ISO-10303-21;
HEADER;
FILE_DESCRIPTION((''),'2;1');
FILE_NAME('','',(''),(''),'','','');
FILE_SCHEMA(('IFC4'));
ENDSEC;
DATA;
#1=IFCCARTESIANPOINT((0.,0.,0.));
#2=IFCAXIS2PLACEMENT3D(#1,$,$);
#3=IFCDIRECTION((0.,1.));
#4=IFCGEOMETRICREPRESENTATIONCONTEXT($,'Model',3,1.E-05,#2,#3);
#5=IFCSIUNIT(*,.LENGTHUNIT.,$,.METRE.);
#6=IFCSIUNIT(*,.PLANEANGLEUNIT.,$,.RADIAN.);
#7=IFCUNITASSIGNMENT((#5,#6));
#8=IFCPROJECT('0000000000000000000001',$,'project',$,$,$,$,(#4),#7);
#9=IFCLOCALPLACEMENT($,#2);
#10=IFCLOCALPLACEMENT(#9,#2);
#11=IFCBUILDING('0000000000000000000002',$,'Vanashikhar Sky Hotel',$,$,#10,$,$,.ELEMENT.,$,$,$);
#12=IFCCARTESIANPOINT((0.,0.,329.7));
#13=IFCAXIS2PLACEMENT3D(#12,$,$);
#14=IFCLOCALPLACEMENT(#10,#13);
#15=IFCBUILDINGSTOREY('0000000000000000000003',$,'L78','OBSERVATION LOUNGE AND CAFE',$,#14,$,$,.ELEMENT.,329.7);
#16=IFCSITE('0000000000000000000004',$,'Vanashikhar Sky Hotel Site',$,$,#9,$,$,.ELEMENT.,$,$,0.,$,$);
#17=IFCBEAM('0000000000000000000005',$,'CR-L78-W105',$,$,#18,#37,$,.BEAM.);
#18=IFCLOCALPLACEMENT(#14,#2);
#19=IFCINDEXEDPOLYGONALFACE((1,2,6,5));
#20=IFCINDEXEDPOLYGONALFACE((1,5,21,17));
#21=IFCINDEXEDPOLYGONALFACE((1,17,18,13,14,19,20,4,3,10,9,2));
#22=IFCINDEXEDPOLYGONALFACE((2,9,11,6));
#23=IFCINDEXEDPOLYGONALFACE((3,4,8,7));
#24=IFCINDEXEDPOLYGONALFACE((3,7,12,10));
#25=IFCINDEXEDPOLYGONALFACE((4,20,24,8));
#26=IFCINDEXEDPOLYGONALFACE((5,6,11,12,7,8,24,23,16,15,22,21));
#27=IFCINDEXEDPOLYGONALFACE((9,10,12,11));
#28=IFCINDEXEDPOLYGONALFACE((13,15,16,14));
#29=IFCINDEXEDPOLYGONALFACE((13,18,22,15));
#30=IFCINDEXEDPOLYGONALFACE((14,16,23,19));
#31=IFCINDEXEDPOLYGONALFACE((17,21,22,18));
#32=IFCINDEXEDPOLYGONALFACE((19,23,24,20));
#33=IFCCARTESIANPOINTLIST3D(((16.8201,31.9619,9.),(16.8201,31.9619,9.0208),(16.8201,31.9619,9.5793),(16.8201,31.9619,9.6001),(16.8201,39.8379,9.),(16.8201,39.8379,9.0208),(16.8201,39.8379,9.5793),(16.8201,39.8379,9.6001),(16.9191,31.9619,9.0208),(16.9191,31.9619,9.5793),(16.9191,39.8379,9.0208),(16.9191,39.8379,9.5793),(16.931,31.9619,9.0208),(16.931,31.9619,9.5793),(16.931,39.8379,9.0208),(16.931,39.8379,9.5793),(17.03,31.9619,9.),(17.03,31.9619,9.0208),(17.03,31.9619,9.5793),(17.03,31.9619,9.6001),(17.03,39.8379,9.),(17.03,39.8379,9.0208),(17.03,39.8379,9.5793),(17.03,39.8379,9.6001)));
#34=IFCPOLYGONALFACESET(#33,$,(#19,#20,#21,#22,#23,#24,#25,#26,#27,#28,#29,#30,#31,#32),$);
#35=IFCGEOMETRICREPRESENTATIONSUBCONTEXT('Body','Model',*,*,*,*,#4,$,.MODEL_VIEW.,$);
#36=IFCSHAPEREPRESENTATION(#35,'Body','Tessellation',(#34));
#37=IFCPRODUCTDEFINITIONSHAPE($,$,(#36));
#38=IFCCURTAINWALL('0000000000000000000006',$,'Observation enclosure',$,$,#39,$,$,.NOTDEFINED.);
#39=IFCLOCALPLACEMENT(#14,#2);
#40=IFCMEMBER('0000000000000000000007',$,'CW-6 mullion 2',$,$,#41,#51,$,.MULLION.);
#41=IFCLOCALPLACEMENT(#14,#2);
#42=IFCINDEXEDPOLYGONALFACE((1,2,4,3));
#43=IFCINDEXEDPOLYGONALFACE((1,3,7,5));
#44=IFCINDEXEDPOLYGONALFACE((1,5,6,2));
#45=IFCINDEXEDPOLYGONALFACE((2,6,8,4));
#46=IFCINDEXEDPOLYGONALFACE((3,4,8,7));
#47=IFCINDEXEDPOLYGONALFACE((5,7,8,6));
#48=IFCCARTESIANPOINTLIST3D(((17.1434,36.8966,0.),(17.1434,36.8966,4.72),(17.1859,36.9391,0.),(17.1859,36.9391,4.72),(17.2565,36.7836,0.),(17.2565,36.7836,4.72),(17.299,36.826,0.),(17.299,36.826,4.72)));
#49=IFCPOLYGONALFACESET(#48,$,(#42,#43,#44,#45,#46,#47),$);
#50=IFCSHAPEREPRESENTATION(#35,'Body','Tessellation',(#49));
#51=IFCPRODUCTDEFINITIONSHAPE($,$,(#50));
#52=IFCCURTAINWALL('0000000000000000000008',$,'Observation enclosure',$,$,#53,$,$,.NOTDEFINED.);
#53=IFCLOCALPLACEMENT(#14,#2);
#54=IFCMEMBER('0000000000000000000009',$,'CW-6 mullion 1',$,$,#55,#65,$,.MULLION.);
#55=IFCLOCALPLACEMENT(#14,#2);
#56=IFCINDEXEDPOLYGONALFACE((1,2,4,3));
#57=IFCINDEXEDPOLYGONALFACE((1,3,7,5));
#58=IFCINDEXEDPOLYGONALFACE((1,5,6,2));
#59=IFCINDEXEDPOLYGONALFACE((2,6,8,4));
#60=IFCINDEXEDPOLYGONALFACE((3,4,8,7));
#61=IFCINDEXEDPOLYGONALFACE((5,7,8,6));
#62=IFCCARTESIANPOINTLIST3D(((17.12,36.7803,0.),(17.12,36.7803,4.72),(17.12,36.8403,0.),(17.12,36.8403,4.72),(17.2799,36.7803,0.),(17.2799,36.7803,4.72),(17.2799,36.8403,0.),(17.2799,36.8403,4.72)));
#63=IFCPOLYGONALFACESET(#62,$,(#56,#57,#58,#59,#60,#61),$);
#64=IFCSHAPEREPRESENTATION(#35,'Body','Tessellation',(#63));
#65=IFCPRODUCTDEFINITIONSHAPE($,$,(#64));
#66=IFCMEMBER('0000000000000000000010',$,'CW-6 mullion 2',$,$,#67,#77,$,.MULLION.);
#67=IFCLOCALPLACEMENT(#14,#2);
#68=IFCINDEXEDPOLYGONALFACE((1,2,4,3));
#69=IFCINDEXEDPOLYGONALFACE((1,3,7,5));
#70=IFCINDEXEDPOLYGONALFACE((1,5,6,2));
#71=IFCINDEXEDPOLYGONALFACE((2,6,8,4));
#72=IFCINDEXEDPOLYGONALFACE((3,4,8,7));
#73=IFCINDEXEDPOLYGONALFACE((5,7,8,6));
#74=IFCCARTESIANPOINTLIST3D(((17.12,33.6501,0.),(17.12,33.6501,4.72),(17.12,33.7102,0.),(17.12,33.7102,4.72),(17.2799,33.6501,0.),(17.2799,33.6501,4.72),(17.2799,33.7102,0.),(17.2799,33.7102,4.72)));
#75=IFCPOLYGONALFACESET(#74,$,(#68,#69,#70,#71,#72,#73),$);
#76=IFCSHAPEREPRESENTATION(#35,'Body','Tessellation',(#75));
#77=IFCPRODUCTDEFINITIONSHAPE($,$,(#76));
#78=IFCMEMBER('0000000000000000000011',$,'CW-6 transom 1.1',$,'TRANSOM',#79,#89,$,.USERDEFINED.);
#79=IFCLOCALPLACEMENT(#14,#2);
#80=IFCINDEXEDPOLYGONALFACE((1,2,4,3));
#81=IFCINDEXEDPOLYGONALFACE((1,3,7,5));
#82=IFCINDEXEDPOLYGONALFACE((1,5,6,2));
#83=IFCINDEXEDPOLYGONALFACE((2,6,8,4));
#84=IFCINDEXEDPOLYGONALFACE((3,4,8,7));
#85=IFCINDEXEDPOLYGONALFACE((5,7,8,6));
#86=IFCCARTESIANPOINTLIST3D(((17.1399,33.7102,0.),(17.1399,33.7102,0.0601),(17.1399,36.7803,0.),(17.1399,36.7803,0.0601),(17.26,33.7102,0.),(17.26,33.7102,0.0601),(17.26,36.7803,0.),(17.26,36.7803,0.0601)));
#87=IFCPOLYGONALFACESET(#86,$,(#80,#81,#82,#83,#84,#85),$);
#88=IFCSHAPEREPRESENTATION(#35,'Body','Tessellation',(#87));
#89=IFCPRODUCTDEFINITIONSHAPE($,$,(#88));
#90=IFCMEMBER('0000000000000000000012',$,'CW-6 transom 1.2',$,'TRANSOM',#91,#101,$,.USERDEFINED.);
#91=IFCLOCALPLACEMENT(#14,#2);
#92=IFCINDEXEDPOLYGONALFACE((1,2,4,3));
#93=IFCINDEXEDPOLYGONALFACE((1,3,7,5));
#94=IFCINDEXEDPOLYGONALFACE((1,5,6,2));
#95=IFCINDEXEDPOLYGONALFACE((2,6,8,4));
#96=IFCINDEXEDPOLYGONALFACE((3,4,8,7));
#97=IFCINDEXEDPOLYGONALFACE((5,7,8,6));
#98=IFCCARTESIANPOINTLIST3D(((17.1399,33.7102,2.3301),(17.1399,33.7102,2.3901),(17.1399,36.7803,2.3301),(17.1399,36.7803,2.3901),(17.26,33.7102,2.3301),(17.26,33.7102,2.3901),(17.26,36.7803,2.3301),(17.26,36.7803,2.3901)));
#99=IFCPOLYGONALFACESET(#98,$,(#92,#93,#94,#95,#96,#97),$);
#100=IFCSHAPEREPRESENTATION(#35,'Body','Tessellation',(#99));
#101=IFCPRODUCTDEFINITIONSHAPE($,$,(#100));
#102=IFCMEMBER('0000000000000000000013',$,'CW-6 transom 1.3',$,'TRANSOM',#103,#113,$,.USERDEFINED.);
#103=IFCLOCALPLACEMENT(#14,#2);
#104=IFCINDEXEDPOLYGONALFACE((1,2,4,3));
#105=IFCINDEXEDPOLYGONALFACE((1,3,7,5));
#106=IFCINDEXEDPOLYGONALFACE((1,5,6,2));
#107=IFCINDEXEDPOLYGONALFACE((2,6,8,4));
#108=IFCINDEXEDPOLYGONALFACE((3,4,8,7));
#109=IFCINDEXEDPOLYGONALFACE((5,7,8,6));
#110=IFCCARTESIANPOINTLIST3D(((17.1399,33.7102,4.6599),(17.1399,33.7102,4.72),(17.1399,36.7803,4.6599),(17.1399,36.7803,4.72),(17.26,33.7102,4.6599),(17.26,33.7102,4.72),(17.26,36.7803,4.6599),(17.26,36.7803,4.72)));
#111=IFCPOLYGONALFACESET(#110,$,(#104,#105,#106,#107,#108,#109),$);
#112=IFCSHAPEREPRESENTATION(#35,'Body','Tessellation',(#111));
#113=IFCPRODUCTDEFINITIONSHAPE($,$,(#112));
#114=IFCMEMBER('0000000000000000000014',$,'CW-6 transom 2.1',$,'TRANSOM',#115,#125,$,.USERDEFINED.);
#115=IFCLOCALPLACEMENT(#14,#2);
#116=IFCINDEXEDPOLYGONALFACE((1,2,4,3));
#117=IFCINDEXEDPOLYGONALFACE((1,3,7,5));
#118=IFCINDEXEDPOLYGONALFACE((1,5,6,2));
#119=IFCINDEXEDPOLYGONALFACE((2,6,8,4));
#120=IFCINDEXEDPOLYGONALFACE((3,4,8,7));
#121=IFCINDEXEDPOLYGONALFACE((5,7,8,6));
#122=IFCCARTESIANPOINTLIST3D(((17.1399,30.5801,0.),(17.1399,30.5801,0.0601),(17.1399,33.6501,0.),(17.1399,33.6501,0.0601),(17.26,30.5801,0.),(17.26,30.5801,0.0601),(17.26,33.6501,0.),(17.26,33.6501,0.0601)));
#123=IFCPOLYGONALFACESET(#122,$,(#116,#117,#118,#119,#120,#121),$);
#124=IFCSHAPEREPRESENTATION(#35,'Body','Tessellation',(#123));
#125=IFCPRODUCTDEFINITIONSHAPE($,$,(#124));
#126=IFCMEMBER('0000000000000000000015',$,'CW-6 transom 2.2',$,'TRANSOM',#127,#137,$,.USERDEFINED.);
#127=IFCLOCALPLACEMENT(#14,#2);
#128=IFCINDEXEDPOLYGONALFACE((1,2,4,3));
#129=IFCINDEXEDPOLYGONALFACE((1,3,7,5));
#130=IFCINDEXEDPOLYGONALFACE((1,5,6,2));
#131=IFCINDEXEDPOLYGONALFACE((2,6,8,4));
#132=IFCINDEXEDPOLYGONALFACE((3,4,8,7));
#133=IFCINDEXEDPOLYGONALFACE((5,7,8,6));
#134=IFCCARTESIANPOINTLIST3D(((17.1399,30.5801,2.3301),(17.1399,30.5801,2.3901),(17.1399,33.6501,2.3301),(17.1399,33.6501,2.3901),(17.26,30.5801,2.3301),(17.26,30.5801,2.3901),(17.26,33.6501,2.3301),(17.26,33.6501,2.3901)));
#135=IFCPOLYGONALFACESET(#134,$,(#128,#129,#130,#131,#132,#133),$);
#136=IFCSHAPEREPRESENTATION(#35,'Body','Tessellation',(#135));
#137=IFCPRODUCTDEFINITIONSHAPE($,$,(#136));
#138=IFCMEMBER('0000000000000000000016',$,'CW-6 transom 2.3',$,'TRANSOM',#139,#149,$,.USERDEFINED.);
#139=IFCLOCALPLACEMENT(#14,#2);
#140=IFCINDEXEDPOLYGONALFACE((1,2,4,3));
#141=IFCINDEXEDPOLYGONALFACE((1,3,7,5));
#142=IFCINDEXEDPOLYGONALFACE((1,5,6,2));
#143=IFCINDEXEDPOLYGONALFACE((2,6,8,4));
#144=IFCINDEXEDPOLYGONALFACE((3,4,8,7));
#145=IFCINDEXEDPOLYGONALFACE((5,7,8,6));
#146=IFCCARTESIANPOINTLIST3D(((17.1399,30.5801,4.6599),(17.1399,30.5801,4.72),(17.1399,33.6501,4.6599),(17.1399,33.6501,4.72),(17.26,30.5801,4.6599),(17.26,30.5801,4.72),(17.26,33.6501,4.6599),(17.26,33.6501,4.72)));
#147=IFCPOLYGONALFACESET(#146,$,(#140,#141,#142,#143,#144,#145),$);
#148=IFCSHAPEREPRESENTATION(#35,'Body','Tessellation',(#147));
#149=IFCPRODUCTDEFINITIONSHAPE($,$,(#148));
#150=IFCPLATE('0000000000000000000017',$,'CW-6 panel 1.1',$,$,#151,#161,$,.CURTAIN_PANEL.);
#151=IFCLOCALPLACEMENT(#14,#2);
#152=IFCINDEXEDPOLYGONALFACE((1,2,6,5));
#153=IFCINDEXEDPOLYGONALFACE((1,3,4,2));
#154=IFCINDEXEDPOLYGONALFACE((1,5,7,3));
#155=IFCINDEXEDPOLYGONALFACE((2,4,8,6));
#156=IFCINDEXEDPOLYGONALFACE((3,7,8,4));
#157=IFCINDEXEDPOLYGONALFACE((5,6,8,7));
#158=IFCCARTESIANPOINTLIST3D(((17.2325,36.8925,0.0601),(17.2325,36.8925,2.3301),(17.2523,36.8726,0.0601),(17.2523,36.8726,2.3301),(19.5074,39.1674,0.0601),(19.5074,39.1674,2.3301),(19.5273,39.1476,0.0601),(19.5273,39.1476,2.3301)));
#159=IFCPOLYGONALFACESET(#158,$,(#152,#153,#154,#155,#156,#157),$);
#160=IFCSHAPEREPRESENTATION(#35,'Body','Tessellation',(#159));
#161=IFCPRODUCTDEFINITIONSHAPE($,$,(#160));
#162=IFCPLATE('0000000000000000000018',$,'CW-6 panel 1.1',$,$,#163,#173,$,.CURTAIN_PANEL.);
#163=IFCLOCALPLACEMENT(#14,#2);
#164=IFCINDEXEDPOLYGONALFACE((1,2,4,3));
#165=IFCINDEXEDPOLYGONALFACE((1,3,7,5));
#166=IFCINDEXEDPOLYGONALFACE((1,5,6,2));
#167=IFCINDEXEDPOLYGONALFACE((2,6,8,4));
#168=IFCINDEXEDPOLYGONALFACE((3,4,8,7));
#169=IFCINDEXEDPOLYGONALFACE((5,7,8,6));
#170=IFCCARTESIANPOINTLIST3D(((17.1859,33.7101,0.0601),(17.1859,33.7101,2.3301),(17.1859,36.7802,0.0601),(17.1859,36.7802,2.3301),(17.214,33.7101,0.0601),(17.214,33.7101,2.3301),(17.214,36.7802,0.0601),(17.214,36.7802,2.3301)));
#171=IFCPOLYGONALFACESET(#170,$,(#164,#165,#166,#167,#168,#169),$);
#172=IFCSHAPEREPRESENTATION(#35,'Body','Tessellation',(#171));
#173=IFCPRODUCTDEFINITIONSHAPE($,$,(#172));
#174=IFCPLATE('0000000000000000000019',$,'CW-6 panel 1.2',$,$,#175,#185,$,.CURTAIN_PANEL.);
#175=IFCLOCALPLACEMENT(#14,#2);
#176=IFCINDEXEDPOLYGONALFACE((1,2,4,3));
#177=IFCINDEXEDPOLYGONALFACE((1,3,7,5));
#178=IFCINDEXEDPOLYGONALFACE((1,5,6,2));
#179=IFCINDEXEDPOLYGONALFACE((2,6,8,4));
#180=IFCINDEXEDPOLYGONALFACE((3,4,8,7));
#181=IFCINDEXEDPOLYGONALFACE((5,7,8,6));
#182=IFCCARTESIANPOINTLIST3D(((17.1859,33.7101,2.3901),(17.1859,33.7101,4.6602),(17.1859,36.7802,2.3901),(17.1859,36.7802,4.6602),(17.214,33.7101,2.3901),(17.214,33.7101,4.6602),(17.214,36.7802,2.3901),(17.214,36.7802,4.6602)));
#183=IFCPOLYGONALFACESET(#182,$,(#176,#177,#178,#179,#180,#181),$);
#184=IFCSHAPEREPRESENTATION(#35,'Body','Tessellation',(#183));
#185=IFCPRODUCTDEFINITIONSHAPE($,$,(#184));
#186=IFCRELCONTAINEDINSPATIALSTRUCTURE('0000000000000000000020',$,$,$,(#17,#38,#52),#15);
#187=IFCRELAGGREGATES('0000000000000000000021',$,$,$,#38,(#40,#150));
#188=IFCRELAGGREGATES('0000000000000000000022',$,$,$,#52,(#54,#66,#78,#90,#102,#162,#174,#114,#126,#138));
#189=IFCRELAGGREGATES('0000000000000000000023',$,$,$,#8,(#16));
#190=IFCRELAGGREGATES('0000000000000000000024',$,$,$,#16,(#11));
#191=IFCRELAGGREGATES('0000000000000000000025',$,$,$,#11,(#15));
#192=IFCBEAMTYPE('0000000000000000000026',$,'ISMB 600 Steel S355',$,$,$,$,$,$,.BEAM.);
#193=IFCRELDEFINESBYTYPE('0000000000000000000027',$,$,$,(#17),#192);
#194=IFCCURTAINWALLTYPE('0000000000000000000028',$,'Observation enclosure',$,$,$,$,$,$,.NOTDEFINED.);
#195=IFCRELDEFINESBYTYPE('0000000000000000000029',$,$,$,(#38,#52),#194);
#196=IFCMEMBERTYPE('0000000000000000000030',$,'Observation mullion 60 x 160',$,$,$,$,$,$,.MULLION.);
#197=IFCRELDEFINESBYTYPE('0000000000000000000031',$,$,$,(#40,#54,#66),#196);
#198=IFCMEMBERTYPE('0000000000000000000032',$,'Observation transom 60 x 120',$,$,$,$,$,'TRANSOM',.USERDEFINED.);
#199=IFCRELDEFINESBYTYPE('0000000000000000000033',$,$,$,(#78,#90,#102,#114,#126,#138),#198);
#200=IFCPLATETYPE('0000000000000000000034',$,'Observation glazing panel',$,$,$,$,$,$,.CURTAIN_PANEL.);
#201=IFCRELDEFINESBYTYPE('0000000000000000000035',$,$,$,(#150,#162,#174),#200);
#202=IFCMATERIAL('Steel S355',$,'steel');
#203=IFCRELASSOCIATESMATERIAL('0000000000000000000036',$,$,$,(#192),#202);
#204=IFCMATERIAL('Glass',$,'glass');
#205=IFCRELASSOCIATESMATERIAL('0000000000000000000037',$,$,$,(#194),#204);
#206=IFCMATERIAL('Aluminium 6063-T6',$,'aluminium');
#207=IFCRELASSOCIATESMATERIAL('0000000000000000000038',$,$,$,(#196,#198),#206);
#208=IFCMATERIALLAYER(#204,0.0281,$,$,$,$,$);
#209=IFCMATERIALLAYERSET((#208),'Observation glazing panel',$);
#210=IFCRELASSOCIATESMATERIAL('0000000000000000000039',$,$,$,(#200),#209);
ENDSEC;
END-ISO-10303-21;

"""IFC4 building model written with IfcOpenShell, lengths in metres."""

from ifc_helpers import new_model, si_unit, direction, frame, origin, origin_2d, place, context, subcontext, project, spatial, rectangle, i_section, extrude, source, transform, mapped, material, layer, layer_set, material_profile, profile_set, type_object, element, aggregate, save


model = new_model("IFC4")

# Units and contexts
model_context = context("Model", 3, precision=1e-05, world=origin(), true_north=direction((0.0, 1.0)))
body_context = subcontext(model_context, "Body", "Model", "MODEL_VIEW")
ifc_project = project(units=[si_unit("LENGTHUNIT", "METRE"), si_unit("PLANEANGLEUNIT", "RADIAN")], contexts=[model_context])

# Site, building, storey
site_placement = place(None, origin())
site = spatial("IfcSite", under=ifc_project, at=site_placement, Name="Vanashikhar Sky Hotel Site", CompositionType="ELEMENT", RefElevation=0.0)
building_placement = place(site_placement, origin())
building = spatial("IfcBuilding", under=site, at=building_placement, Name="Vanashikhar Sky Hotel", CompositionType="ELEMENT")
storey_placement = place(building_placement, frame((0.0, 0.0, 329.7)))
storey = spatial("IfcBuildingStorey", under=building, at=storey_placement, Name="L78", Description="OBSERVATION LOUNGE AND CAFE", CompositionType="ELEMENT", Elevation=329.7)

# Beam
ifc_material_1 = material(Name="Steel S355", Category="steel")
ifc_material_profile_1 = material_profile(ifc_material_1, i_section(OverallWidth=0.21, OverallDepth=0.6001, WebThickness=0.012, FlangeThickness=0.0208, at=origin_2d()), Name="ISMB 600")
ifc_profile_set_1 = profile_set([ifc_material_profile_1], Name="Steel S355")
beam_type = type_object("IfcBeamType", Name="ISMB 600 Steel S355", PredefinedType="BEAM", material=ifc_profile_set_1)
shared_shape_1 = source(origin(), body_context, "Body", "SweptSolid", [
    extrude(i_section(OverallWidth=0.21, OverallDepth=0.6001, WebThickness=0.012, FlangeThickness=0.0208, at=origin_2d()), origin(), (0.0, 0.0, 1.0), 7.876),
])
beam_placement = place(storey_placement, frame((16.925, 31.9619, 9.3), z_axis=(0.0, 1.0, 0.0), x_axis=(-1.0, 0.0, 0.0)))
element("IfcBeam", 1, at=beam_placement, inside=storey, type_object=beam_type, Name="CR-L78-W105", PredefinedType="BEAM", context=body_context, shape_type="MappedRepresentation", body=[
    mapped(shared_shape_1, transform((0.0, 0.0, 0.0), scale=1.0)),
])

# Curtain wall, member
ifc_material_2 = material(Name="Glass", Category="glass")
curtain_wall_type = type_object("IfcCurtainWallType", Name="Observation enclosure", PredefinedType="NOTDEFINED", material=ifc_material_2)
curtain_wall_1_placement = place(storey_placement, origin())
curtain_wall_1 = element("IfcCurtainWall", 2, at=curtain_wall_1_placement, inside=storey, type_object=curtain_wall_type, Name="Observation enclosure", PredefinedType="NOTDEFINED")
ifc_material_3 = material(Name="Aluminium 6063-T6", Category="aluminium")
ifc_material_profile_2 = material_profile(ifc_material_3, rectangle(XDim=0.1599, YDim=0.0601, at=origin_2d()))
ifc_profile_set_2 = profile_set([ifc_material_profile_2], Name="Aluminium 6063-T6")
member_type_1 = type_object("IfcMemberType", Name="Observation mullion 60 x 160", PredefinedType="MULLION", material=ifc_profile_set_2)
shared_shape_2 = source(origin(), body_context, "Body", "SweptSolid", [
    extrude(rectangle(XDim=0.1599, YDim=0.0601, at=origin_2d()), origin(), (0.0, 0.0, 1.0), 4.72),
])
member_1_placement = place(storey_placement, frame((17.2212, 36.8613, 0.0), z_axis=(0.0, 0.0, 1.0), x_axis=(0.707107, -0.707107, 0.0)))
member_1 = element("IfcMember", 3, at=member_1_placement, type_object=member_type_1, Name="CW-6 mullion 2", PredefinedType="MULLION", context=body_context, shape_type="MappedRepresentation", body=[
    mapped(shared_shape_2, transform((0.0, 0.0, 0.0), scale=1.0)),
])

# Curtain wall, members
curtain_wall_2_placement = place(storey_placement, origin())
curtain_wall_2 = element("IfcCurtainWall", 4, at=curtain_wall_2_placement, inside=storey, type_object=curtain_wall_type, Name="Observation enclosure", PredefinedType="NOTDEFINED")
member_2_placement = place(storey_placement, frame((17.2, 36.8103, 0.0), z_axis=(0.0, 0.0, 1.0), x_axis=(1.0, 0.0, 0.0)))
member_2 = element("IfcMember", 5, at=member_2_placement, type_object=member_type_1, Name="CW-6 mullion 1", PredefinedType="MULLION", context=body_context, shape_type="MappedRepresentation", body=[
    mapped(shared_shape_2, transform((0.0, 0.0, 0.0), scale=1.0)),
])
member_3_placement = place(storey_placement, frame((17.2, 33.6802, 0.0), z_axis=(0.0, 0.0, 1.0), x_axis=(1.0, 0.0, 0.0)))
member_3 = element("IfcMember", 6, at=member_3_placement, type_object=member_type_1, Name="CW-6 mullion 2", PredefinedType="MULLION", context=body_context, shape_type="MappedRepresentation", body=[
    mapped(shared_shape_2, transform((0.0, 0.0, 0.0), scale=1.0)),
])
ifc_material_profile_3 = material_profile(ifc_material_3, rectangle(XDim=0.1201, YDim=0.0601, at=origin_2d()))
ifc_profile_set_3 = profile_set([ifc_material_profile_3], Name="Aluminium 6063-T6")
member_type_2 = type_object("IfcMemberType", Name="Observation transom 60 x 120", ElementType="TRANSOM", PredefinedType="USERDEFINED", material=ifc_profile_set_3)
shared_shape_3 = source(origin(), body_context, "Body", "SweptSolid", [
    extrude(rectangle(XDim=0.1201, YDim=0.0601, at=origin_2d()), origin(), (0.0, 0.0, 1.0), 3.0701),
])
member_4_placement = place(storey_placement, frame((17.2, 36.7803, 0.03), z_axis=(0.0, -1.0, 0.0), x_axis=(1.0, 0.0, 0.0)))
member_4 = element("IfcMember", 7, at=member_4_placement, type_object=member_type_2, Name="CW-6 transom 1.1", ObjectType="TRANSOM", PredefinedType="USERDEFINED", context=body_context, shape_type="MappedRepresentation", body=[
    mapped(shared_shape_3, transform((0.0, 0.0, 0.0), scale=1.0)),
])
member_5_placement = place(storey_placement, frame((17.2, 36.7803, 2.3601), z_axis=(0.0, -1.0, 0.0), x_axis=(1.0, 0.0, 0.0)))
member_5 = element("IfcMember", 8, at=member_5_placement, type_object=member_type_2, Name="CW-6 transom 1.2", ObjectType="TRANSOM", PredefinedType="USERDEFINED", context=body_context, shape_type="MappedRepresentation", body=[
    mapped(shared_shape_3, transform((0.0, 0.0, 0.0), scale=1.0)),
])
member_6_placement = place(storey_placement, frame((17.2, 36.7803, 4.6899), z_axis=(0.0, -1.0, 0.0), x_axis=(1.0, 0.0, 0.0)))
member_6 = element("IfcMember", 9, at=member_6_placement, type_object=member_type_2, Name="CW-6 transom 1.3", ObjectType="TRANSOM", PredefinedType="USERDEFINED", context=body_context, shape_type="MappedRepresentation", body=[
    mapped(shared_shape_3, transform((0.0, 0.0, 0.0), scale=1.0)),
])
member_7_placement = place(storey_placement, frame((17.2, 33.6501, 0.03), z_axis=(0.0, -1.0, 0.0), x_axis=(1.0, 0.0, 0.0)))
member_7 = element("IfcMember", 10, at=member_7_placement, type_object=member_type_2, Name="CW-6 transom 2.1", ObjectType="TRANSOM", PredefinedType="USERDEFINED", context=body_context, shape_type="MappedRepresentation", body=[
    mapped(shared_shape_3, transform((0.0, 0.0, 0.0), scale=1.0)),
])
member_8_placement = place(storey_placement, frame((17.2, 33.6501, 2.3601), z_axis=(0.0, -1.0, 0.0), x_axis=(1.0, 0.0, 0.0)))
member_8 = element("IfcMember", 11, at=member_8_placement, type_object=member_type_2, Name="CW-6 transom 2.2", ObjectType="TRANSOM", PredefinedType="USERDEFINED", context=body_context, shape_type="MappedRepresentation", body=[
    mapped(shared_shape_3, transform((0.0, 0.0, 0.0), scale=1.0)),
])
member_9_placement = place(storey_placement, frame((17.2, 33.6501, 4.6899), z_axis=(0.0, -1.0, 0.0), x_axis=(1.0, 0.0, 0.0)))
member_9 = element("IfcMember", 12, at=member_9_placement, type_object=member_type_2, Name="CW-6 transom 2.3", ObjectType="TRANSOM", PredefinedType="USERDEFINED", context=body_context, shape_type="MappedRepresentation", body=[
    mapped(shared_shape_3, transform((0.0, 0.0, 0.0), scale=1.0)),
])

# Plates
ifc_layer_1 = layer(ifc_material_2, 0.0281)
ifc_layer_set_1 = layer_set([ifc_layer_1], Name="Observation glazing panel")
plate_type_1 = type_object("IfcPlateType", Name="Observation glazing panel", PredefinedType="CURTAIN_PANEL", material=ifc_layer_set_1)
shared_shape_4 = source(origin(), body_context, "Body", "SweptSolid", [
    extrude(rectangle(XDim=3.2173, YDim=0.0281, at=origin_2d()), origin(), (0.0, 0.0, 1.0), 2.27),
])
plate_1_placement = place(storey_placement, frame((18.3799, 38.02, 0.0601), z_axis=(0.0, 0.0, 1.0), x_axis=(-0.707107, -0.707107, 0.0)))
plate_1 = element("IfcPlate", 13, at=plate_1_placement, type_object=plate_type_1, Name="CW-6 panel 1.1", PredefinedType="CURTAIN_PANEL", context=body_context, shape_type="MappedRepresentation", body=[
    mapped(shared_shape_4, transform((0.0, 0.0, 0.0), scale=1.0)),
])
aggregate(curtain_wall_1, [member_1, plate_1])
shared_shape_5 = source(origin(), body_context, "Body", "SweptSolid", [
    extrude(rectangle(XDim=3.0701, YDim=0.0281, at=origin_2d()), origin(), (0.0, 0.0, 1.0), 2.27),
])
plate_2_placement = place(storey_placement, frame((17.2, 35.2451, 0.0601), z_axis=(0.0, 0.0, 1.0), x_axis=(0.0, -1.0, 0.0)))
plate_2 = element("IfcPlate", 14, at=plate_2_placement, type_object=plate_type_1, Name="CW-6 panel 1.1", PredefinedType="CURTAIN_PANEL", context=body_context, shape_type="MappedRepresentation", body=[
    mapped(shared_shape_5, transform((0.0, 0.0, 0.0), scale=1.0)),
])
plate_3_placement = place(storey_placement, frame((17.2, 35.2451, 2.3901), z_axis=(0.0, 0.0, 1.0), x_axis=(0.0, -1.0, 0.0)))
plate_3 = element("IfcPlate", 15, at=plate_3_placement, type_object=plate_type_1, Name="CW-6 panel 1.2", PredefinedType="CURTAIN_PANEL", context=body_context, shape_type="MappedRepresentation", body=[
    mapped(shared_shape_5, transform((0.0, 0.0, 0.0), scale=1.0)),
])
aggregate(curtain_wall_2, [member_2, member_3, member_4, member_5, member_6, plate_2, plate_3, member_7, member_8, member_9])

save(model, "model.ifc")
